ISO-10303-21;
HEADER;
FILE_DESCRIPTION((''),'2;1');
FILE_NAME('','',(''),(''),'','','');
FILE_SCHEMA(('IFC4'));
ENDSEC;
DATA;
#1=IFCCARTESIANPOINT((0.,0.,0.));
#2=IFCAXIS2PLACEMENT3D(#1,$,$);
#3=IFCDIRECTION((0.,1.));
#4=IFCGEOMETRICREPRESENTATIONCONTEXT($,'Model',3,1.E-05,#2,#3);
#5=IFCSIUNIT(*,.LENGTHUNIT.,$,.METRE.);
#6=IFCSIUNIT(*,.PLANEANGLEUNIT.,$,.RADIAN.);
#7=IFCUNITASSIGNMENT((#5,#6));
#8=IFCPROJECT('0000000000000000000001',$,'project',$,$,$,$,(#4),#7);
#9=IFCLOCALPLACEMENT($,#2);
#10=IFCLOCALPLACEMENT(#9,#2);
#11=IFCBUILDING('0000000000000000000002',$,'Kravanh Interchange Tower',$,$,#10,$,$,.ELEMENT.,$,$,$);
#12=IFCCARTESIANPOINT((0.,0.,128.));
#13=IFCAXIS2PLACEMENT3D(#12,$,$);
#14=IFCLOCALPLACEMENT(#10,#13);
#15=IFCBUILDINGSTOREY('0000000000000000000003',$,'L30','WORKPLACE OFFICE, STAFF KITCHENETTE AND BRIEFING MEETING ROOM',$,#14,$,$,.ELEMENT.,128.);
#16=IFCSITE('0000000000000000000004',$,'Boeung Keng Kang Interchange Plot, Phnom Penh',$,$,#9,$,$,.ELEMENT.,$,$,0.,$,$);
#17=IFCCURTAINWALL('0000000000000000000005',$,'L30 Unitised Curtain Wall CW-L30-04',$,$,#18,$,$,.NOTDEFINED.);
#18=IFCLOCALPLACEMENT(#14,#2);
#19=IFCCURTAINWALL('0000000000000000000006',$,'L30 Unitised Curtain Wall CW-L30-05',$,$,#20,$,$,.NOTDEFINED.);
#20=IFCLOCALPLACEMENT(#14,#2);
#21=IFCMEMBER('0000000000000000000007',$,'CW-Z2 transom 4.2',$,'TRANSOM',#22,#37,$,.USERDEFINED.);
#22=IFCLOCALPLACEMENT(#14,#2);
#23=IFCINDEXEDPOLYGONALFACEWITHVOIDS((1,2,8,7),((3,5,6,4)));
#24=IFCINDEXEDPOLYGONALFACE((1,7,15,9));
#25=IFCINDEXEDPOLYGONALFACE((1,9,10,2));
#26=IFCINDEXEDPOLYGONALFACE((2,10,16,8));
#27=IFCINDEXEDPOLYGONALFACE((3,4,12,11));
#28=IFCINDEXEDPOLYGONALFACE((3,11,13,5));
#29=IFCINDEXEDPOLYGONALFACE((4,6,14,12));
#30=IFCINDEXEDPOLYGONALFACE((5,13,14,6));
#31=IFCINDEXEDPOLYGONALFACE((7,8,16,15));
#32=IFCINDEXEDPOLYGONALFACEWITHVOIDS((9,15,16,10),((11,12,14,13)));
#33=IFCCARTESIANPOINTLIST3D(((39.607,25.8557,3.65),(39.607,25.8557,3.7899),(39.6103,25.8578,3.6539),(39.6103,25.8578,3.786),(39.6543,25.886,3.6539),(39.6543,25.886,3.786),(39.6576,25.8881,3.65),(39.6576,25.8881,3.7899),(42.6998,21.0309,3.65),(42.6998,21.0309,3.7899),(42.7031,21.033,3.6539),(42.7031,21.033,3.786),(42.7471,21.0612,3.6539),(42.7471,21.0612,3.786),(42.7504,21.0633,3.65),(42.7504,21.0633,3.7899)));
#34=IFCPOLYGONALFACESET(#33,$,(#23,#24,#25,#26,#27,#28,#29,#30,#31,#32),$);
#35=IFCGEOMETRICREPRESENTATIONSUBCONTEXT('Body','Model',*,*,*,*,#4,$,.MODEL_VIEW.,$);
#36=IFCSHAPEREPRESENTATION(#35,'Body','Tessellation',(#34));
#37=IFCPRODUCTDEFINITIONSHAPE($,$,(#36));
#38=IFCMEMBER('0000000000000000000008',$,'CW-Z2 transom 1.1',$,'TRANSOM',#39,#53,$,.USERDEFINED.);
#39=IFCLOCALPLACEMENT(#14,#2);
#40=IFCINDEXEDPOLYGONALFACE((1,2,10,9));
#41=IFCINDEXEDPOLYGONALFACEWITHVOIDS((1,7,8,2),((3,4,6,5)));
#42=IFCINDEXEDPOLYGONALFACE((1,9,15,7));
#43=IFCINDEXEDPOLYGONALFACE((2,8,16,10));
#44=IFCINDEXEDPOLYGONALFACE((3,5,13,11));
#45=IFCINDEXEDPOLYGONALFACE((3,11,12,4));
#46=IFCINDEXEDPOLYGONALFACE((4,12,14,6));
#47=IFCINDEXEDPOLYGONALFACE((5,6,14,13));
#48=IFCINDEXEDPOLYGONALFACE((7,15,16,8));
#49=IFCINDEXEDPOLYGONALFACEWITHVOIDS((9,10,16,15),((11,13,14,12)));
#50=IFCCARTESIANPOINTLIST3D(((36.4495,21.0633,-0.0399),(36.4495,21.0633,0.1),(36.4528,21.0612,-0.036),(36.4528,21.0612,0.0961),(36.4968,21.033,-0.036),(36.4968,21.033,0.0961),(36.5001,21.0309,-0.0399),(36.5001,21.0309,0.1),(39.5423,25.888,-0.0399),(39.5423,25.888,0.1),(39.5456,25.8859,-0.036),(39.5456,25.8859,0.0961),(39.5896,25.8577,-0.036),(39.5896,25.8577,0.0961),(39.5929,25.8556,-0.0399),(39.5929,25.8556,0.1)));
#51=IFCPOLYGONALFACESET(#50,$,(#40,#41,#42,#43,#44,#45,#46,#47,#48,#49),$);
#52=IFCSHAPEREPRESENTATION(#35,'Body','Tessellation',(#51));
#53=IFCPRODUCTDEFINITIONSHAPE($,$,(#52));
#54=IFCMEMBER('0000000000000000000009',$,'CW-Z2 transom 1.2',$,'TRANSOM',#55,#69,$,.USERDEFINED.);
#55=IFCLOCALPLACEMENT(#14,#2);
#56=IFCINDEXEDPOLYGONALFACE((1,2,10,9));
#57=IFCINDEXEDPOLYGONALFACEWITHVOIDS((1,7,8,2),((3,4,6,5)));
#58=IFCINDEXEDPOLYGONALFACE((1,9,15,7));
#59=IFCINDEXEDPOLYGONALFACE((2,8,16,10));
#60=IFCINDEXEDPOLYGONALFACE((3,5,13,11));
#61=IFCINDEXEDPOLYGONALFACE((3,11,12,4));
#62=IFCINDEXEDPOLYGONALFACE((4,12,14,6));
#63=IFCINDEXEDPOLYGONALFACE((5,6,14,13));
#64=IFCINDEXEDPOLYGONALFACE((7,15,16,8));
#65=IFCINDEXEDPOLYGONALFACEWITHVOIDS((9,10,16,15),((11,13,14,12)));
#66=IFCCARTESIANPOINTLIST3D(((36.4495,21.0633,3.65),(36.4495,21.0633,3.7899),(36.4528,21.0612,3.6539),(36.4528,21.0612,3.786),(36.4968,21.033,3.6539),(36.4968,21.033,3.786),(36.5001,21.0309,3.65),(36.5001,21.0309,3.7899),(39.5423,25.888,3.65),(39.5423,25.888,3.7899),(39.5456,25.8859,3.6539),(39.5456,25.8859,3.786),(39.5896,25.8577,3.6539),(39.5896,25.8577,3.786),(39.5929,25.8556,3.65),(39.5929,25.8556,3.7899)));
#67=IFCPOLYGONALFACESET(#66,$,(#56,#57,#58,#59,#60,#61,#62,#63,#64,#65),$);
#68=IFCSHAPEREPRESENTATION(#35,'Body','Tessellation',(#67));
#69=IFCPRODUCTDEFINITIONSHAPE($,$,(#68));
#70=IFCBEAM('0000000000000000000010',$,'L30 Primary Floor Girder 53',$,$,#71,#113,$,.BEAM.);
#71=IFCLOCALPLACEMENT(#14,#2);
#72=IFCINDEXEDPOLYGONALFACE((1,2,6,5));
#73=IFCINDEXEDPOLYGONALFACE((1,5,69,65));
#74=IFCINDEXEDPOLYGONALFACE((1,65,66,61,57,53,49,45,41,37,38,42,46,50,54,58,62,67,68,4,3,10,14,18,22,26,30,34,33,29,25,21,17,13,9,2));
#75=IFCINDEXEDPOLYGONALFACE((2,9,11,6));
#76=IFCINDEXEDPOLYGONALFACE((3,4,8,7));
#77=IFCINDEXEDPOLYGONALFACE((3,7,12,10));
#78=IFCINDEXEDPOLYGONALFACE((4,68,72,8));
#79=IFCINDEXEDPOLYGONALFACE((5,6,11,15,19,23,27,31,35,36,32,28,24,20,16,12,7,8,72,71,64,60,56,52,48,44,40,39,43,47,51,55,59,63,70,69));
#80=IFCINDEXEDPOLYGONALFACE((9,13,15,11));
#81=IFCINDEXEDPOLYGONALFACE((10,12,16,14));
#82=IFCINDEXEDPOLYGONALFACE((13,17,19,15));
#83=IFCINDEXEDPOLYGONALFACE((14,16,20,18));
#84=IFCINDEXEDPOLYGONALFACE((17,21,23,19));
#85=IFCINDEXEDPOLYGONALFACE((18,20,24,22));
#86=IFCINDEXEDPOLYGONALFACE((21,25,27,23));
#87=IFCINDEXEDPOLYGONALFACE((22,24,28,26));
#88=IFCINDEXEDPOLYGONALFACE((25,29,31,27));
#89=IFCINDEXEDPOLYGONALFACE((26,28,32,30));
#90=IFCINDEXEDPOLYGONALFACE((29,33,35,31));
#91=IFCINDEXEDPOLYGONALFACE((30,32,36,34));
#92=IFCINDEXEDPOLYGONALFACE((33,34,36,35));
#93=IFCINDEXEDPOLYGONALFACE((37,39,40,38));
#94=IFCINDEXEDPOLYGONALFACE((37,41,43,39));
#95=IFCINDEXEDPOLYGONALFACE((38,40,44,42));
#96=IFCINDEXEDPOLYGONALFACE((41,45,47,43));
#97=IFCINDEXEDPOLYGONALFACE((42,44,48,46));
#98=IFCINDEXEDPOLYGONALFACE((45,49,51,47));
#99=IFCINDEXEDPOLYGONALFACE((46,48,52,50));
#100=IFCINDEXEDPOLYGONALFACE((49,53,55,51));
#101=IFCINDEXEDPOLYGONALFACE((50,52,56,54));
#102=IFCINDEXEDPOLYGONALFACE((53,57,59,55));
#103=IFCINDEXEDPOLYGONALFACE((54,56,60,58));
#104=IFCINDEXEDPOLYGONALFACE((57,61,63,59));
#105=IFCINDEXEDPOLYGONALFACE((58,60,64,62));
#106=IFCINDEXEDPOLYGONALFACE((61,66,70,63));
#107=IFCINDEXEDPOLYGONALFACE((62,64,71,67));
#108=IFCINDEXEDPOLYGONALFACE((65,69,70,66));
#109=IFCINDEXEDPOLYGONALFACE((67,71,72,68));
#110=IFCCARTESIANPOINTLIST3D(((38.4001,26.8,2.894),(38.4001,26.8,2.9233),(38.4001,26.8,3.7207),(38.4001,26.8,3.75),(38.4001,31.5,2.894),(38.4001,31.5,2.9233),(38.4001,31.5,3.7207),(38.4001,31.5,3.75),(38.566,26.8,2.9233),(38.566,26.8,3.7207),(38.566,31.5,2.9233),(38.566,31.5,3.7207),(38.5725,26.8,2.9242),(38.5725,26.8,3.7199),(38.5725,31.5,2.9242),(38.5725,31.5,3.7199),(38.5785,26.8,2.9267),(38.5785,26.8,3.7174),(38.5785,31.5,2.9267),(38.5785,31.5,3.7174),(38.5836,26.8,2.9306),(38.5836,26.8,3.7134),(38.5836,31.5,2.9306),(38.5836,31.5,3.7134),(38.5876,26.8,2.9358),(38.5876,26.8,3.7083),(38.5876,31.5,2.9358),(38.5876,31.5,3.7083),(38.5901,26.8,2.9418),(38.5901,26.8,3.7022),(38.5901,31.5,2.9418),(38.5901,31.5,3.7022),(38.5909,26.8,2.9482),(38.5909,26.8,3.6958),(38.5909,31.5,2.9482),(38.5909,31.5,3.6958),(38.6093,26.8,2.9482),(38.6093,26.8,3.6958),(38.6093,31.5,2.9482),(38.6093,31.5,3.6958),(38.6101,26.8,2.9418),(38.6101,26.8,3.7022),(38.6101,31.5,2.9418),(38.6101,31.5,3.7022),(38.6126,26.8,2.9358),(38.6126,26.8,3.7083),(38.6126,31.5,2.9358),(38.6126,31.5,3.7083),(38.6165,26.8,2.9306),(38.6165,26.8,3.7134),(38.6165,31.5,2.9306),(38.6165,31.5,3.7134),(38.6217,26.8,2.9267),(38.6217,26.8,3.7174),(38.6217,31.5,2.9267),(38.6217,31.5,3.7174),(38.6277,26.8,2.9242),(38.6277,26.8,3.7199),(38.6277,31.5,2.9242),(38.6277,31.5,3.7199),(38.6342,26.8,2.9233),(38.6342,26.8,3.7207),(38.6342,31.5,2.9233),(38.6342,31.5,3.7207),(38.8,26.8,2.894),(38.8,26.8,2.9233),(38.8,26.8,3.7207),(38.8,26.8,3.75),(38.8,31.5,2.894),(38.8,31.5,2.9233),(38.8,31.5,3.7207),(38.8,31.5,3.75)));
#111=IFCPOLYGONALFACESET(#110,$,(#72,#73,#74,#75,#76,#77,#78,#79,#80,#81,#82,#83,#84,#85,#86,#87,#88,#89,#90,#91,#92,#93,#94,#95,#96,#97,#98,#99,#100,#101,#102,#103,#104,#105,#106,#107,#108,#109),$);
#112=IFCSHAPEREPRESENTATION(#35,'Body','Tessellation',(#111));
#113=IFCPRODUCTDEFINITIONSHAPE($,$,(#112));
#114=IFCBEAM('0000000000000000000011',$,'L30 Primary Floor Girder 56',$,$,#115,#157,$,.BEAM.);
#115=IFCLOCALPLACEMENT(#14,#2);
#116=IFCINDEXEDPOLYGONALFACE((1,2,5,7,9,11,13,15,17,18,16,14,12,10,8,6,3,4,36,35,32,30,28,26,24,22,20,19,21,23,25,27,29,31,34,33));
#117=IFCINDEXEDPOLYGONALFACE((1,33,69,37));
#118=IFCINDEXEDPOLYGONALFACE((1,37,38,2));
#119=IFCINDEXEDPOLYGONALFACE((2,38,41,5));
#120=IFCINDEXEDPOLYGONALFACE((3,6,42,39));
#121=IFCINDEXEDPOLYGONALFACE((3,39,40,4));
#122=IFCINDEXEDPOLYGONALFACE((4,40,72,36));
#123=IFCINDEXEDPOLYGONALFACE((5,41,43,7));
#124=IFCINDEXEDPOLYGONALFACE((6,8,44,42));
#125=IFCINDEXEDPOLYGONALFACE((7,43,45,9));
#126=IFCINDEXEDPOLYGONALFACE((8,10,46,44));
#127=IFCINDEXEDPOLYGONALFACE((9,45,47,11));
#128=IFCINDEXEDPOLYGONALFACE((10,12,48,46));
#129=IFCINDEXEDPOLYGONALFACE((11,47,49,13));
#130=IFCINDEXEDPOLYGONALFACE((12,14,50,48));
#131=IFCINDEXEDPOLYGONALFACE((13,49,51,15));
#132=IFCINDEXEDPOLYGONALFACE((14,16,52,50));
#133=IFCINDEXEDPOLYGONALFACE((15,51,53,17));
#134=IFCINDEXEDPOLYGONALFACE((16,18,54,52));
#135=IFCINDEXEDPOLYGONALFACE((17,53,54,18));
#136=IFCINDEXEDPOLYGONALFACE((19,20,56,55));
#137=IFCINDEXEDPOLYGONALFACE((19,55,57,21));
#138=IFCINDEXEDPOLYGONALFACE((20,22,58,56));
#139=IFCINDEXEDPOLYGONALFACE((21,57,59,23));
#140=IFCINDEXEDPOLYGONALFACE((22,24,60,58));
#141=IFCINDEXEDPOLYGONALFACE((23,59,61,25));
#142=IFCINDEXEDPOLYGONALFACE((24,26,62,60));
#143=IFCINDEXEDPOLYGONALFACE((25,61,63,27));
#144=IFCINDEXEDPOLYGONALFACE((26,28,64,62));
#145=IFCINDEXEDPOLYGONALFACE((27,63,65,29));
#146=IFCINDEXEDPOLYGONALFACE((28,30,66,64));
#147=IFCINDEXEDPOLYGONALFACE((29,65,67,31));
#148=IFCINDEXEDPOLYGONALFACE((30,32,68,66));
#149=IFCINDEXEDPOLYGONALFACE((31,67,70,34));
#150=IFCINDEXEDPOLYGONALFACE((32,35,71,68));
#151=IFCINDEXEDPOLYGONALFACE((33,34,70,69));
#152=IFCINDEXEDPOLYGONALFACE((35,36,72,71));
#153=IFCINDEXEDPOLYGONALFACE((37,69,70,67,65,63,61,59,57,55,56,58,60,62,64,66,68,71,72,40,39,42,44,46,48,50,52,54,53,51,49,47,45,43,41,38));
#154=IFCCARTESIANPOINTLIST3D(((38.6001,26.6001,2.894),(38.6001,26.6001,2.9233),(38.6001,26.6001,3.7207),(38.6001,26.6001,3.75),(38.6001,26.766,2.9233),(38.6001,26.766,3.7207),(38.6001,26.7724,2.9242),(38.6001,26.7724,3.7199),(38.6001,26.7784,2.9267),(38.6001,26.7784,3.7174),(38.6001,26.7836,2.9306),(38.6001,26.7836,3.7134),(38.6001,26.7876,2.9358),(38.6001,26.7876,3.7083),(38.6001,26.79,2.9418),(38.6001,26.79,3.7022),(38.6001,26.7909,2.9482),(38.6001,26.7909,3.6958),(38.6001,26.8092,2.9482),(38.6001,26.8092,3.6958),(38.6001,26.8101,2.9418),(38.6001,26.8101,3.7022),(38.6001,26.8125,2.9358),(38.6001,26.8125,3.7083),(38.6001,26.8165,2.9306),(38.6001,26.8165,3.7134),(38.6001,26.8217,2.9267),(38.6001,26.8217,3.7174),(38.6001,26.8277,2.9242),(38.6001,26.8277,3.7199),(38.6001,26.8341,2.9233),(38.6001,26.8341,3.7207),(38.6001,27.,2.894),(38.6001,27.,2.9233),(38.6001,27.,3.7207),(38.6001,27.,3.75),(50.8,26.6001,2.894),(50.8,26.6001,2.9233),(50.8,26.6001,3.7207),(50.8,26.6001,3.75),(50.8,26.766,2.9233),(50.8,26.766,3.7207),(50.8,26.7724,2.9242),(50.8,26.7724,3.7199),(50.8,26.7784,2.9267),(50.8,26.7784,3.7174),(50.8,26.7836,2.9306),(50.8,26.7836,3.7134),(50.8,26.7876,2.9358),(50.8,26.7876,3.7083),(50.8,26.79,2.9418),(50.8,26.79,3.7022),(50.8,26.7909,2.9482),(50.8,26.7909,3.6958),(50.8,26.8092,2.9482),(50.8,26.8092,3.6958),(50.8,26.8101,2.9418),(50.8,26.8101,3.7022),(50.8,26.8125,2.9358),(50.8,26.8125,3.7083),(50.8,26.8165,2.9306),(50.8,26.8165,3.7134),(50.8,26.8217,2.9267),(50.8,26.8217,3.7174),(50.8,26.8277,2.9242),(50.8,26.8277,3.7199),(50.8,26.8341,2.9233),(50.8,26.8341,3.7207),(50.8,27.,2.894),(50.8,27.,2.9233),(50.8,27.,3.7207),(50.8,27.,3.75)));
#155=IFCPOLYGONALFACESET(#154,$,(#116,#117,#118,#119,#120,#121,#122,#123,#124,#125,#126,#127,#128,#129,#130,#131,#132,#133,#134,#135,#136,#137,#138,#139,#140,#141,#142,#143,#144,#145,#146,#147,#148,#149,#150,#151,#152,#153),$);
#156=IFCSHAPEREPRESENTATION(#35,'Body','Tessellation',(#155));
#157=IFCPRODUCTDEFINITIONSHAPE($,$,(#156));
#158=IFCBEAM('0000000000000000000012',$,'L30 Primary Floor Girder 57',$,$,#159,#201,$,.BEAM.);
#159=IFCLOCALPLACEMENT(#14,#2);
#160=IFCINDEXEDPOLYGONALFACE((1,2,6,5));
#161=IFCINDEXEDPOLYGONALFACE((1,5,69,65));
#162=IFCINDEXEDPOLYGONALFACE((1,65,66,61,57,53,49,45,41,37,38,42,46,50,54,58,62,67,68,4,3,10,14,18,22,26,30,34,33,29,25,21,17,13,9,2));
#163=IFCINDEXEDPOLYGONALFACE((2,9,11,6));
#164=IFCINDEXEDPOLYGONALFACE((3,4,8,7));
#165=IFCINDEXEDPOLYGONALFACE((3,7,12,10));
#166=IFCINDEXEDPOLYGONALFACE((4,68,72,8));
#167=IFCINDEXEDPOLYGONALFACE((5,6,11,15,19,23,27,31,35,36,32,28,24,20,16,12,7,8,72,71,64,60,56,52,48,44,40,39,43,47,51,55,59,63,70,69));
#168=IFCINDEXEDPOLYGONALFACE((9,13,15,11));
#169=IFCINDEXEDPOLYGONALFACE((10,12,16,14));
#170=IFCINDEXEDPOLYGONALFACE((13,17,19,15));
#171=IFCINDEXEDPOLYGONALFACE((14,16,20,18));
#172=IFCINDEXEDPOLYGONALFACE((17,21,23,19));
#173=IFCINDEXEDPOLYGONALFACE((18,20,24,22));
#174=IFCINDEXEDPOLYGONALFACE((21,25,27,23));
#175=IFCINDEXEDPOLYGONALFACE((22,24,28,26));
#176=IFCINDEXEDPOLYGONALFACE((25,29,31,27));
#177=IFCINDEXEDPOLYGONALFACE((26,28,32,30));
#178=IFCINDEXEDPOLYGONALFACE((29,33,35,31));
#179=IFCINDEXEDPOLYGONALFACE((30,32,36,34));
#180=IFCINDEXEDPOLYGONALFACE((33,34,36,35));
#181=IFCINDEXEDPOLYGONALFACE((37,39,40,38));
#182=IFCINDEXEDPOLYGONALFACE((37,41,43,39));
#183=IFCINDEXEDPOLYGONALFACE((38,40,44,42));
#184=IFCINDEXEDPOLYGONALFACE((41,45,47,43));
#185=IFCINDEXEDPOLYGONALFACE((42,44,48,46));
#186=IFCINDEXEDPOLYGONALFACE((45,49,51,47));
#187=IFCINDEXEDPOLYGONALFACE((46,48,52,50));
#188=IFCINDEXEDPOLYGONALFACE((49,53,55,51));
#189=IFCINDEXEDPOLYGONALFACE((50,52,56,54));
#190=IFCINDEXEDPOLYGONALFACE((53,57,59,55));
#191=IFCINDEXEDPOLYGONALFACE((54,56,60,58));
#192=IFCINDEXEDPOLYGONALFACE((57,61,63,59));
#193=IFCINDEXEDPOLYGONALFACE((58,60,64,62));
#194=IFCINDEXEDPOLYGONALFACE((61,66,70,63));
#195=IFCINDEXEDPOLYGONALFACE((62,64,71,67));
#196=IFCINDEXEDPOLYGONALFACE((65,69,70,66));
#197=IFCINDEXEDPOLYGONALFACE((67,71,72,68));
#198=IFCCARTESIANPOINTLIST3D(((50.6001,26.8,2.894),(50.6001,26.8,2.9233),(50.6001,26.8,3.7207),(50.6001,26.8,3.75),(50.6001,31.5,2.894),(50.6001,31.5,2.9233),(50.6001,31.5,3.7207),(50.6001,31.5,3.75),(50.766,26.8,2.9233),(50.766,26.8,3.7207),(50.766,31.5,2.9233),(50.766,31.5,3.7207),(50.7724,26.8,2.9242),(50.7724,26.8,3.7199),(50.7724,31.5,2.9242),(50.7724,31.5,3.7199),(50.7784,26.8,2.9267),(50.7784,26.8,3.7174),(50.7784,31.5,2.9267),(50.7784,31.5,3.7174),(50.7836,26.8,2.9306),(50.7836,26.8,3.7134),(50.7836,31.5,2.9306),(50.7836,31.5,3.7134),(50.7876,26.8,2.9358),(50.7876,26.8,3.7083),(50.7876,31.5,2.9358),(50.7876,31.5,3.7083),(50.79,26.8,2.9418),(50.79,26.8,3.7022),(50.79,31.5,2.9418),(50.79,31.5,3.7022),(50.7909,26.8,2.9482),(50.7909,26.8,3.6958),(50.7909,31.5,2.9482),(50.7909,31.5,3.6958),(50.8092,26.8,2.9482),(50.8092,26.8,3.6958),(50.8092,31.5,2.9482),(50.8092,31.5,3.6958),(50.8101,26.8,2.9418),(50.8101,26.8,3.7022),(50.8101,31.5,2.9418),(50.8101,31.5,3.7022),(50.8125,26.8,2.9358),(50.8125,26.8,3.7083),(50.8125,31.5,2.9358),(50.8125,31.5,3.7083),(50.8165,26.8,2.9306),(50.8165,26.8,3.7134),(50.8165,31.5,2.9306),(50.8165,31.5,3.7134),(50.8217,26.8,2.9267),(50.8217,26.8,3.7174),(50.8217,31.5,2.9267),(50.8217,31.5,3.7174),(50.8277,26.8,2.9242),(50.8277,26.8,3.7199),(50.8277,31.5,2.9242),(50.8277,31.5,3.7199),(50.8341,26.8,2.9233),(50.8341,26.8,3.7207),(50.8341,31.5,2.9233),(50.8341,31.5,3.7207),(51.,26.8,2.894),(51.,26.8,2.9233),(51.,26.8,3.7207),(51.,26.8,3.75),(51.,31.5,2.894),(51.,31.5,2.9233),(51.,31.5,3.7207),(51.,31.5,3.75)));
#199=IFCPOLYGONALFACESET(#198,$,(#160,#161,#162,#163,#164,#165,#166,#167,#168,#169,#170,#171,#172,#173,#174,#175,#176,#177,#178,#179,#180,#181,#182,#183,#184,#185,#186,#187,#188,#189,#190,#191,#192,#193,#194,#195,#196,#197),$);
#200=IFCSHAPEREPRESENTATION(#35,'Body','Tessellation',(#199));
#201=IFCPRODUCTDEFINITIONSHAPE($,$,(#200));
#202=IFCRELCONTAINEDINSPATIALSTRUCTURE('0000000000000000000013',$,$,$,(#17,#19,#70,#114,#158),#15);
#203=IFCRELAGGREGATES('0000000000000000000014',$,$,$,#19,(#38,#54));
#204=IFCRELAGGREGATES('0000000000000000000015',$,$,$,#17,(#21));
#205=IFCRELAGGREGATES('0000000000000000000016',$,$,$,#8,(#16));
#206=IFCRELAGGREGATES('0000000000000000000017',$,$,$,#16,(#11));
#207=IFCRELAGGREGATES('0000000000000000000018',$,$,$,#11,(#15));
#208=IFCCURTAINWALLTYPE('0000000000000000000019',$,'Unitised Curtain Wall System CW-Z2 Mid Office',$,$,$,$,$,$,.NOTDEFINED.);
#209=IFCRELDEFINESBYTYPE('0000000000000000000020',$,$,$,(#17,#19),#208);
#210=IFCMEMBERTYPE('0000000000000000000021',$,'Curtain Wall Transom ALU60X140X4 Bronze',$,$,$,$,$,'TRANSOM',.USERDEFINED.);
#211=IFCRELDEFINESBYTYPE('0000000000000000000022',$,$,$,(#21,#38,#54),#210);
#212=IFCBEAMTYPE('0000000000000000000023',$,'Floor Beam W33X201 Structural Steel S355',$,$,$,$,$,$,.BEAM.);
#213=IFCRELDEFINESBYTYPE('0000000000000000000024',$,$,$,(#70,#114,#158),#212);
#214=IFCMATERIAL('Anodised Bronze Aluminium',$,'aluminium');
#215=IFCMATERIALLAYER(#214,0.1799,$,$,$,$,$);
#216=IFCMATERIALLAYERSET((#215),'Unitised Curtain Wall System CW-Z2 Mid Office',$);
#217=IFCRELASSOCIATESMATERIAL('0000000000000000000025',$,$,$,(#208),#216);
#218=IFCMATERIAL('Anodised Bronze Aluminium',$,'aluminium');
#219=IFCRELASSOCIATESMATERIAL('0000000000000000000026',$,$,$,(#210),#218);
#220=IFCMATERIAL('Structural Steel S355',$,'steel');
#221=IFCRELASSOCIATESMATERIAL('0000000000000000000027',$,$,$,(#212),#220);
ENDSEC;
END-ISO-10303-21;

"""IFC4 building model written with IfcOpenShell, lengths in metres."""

from ifc_helpers import new_model, si_unit, direction, frame, origin, origin_2d, place, context, subcontext, project, spatial, hollow_rectangle, i_section, extrude, material, layer, layer_set, material_profile, profile_set, type_object, element, aggregate, save


model = new_model("IFC4")

# Units and contexts
model_context = context("Model", 3, precision=1e-05, world=origin(), true_north=direction((0.0, 1.0)))
body_context = subcontext(model_context, "Body", "Model", "MODEL_VIEW")
ifc_project = project(units=[si_unit("LENGTHUNIT", "METRE"), si_unit("PLANEANGLEUNIT", "RADIAN")], contexts=[model_context])

# Site, building, storey
site_placement = place(None, origin())
site = spatial("IfcSite", under=ifc_project, at=site_placement, Name="Boeung Keng Kang Interchange Plot, Phnom Penh", CompositionType="ELEMENT", RefElevation=0.0)
building_placement = place(site_placement, origin())
building = spatial("IfcBuilding", under=site, at=building_placement, Name="Kravanh Interchange Tower", CompositionType="ELEMENT")
storey_placement = place(building_placement, frame((0.0, 0.0, 128.0)))
storey = spatial("IfcBuildingStorey", under=building, at=storey_placement, Name="L30", Description="WORKPLACE OFFICE, STAFF KITCHENETTE AND BRIEFING MEETING ROOM", CompositionType="ELEMENT", Elevation=128.0)

# Curtain wall
ifc_material_1 = material(Name="Anodised Bronze Aluminium", Category="aluminium")
ifc_layer_1 = layer(ifc_material_1, 0.1799)
ifc_layer_set_1 = layer_set([ifc_layer_1], Name="Unitised Curtain Wall System CW-Z2 Mid Office")
curtain_wall_type = type_object("IfcCurtainWallType", Name="Unitised Curtain Wall System CW-Z2 Mid Office", PredefinedType="NOTDEFINED", material=ifc_layer_set_1)
curtain_wall_1_placement = place(storey_placement, origin())
curtain_wall_1 = element("IfcCurtainWall", 1, at=curtain_wall_1_placement, inside=storey, type_object=curtain_wall_type, Name="L30 Unitised Curtain Wall CW-L30-04", PredefinedType="NOTDEFINED")

# Curtain wall
curtain_wall_2_placement = place(storey_placement, origin())
curtain_wall_2 = element("IfcCurtainWall", 2, at=curtain_wall_2_placement, inside=storey, type_object=curtain_wall_type, Name="L30 Unitised Curtain Wall CW-L30-05", PredefinedType="NOTDEFINED")

# Members
ifc_material_2 = material(Name="Anodised Bronze Aluminium", Category="aluminium")
ifc_material_profile_1 = material_profile(ifc_material_2, hollow_rectangle(XDim=0.0601, YDim=0.1399, WallThickness=0.0039, at=origin_2d()), Name="ALU60X140X4")
ifc_profile_set_1 = profile_set([ifc_material_profile_1], Name="Anodised Bronze Aluminium")
member_type_1 = type_object("IfcMemberType", Name="Curtain Wall Transom ALU60X140X4 Bronze", ElementType="TRANSOM", PredefinedType="USERDEFINED", material=ifc_profile_set_1)
member_1_placement = place(storey_placement, frame((42.7251, 21.0471, 3.72), z_axis=(-0.539668, 0.841878, 0.0), x_axis=(-0.841878, -0.539668, 0.0)))
member_1 = element("IfcMember", 3, at=member_1_placement, type_object=member_type_1, Name="CW-Z2 transom 4.2", ObjectType="TRANSOM", PredefinedType="USERDEFINED", context=body_context, shape_type="SweptSolid", body=[
    extrude(hollow_rectangle(XDim=0.0601, YDim=0.1399, WallThickness=0.0039, at=origin_2d()), origin(), (0.0, 0.0, 1.0), 5.731),
])
member_2_placement = place(storey_placement, frame((39.5676, 25.8718, 0.03), z_axis=(-0.539668, -0.841878, 0.0), x_axis=(0.841878, -0.539668, 0.0)))
member_2 = element("IfcMember", 4, at=member_2_placement, type_object=member_type_1, Name="CW-Z2 transom 1.1", ObjectType="TRANSOM", PredefinedType="USERDEFINED", context=body_context, shape_type="SweptSolid", body=[
    extrude(hollow_rectangle(XDim=0.0601, YDim=0.1399, WallThickness=0.0039, at=origin_2d()), origin(), (0.0, 0.0, 1.0), 5.731),
])
member_3_placement = place(storey_placement, frame((39.5676, 25.8718, 3.72), z_axis=(-0.539668, -0.841878, 0.0), x_axis=(0.841878, -0.539668, 0.0)))
member_3 = element("IfcMember", 5, at=member_3_placement, type_object=member_type_1, Name="CW-Z2 transom 1.2", ObjectType="TRANSOM", PredefinedType="USERDEFINED", context=body_context, shape_type="SweptSolid", body=[
    extrude(hollow_rectangle(XDim=0.0601, YDim=0.1399, WallThickness=0.0039, at=origin_2d()), origin(), (0.0, 0.0, 1.0), 5.731),
])
aggregate(curtain_wall_2, [member_2, member_3])

# Beams
ifc_material_3 = material(Name="Structural Steel S355", Category="steel")
ifc_material_profile_2 = material_profile(ifc_material_3, i_section(OverallWidth=0.3999, OverallDepth=0.856, WebThickness=0.0183, FlangeThickness=0.0293, FilletRadius=0.0249, at=origin_2d()), Name="W33X201")
ifc_profile_set_2 = profile_set([ifc_material_profile_2], Name="Structural Steel S355")
beam_type_1 = type_object("IfcBeamType", Name="Floor Beam W33X201 Structural Steel S355", PredefinedType="BEAM", material=ifc_profile_set_2)
beam_1_placement = place(storey_placement, frame((38.6001, 26.8, 3.322), z_axis=(0.0, 1.0, 0.0), x_axis=(-1.0, 0.0, 0.0)))
element("IfcBeam", 6, at=beam_1_placement, inside=storey, type_object=beam_type_1, Name="L30 Primary Floor Girder 53", PredefinedType="BEAM", context=body_context, shape_type="SweptSolid", body=[
    extrude(i_section(OverallWidth=0.3999, OverallDepth=0.856, WebThickness=0.0183, FlangeThickness=0.0293, FilletRadius=0.0249, at=origin_2d()), origin(), (0.0, 0.0, 1.0), 4.7),
])
beam_2_placement = place(storey_placement, frame((38.6001, 26.8, 3.322), z_axis=(1.0, 0.0, 0.0), x_axis=(0.0, 1.0, 0.0)))
element("IfcBeam", 7, at=beam_2_placement, inside=storey, type_object=beam_type_1, Name="L30 Primary Floor Girder 56", PredefinedType="BEAM", context=body_context, shape_type="SweptSolid", body=[
    extrude(i_section(OverallWidth=0.3999, OverallDepth=0.856, WebThickness=0.0183, FlangeThickness=0.0293, FilletRadius=0.0249, at=origin_2d()), origin(), (0.0, 0.0, 1.0), 12.2),
])
beam_3_placement = place(storey_placement, frame((50.8, 26.8, 3.322), z_axis=(0.0, 1.0, 0.0), x_axis=(-1.0, 0.0, 0.0)))
element("IfcBeam", 8, at=beam_3_placement, inside=storey, type_object=beam_type_1, Name="L30 Primary Floor Girder 57", PredefinedType="BEAM", context=body_context, shape_type="SweptSolid", body=[
    extrude(i_section(OverallWidth=0.3999, OverallDepth=0.856, WebThickness=0.0183, FlangeThickness=0.0293, FilletRadius=0.0249, at=origin_2d()), origin(), (0.0, 0.0, 1.0), 4.7),
])

aggregate(curtain_wall_1, [member_1])

save(model, "model.ifc")
